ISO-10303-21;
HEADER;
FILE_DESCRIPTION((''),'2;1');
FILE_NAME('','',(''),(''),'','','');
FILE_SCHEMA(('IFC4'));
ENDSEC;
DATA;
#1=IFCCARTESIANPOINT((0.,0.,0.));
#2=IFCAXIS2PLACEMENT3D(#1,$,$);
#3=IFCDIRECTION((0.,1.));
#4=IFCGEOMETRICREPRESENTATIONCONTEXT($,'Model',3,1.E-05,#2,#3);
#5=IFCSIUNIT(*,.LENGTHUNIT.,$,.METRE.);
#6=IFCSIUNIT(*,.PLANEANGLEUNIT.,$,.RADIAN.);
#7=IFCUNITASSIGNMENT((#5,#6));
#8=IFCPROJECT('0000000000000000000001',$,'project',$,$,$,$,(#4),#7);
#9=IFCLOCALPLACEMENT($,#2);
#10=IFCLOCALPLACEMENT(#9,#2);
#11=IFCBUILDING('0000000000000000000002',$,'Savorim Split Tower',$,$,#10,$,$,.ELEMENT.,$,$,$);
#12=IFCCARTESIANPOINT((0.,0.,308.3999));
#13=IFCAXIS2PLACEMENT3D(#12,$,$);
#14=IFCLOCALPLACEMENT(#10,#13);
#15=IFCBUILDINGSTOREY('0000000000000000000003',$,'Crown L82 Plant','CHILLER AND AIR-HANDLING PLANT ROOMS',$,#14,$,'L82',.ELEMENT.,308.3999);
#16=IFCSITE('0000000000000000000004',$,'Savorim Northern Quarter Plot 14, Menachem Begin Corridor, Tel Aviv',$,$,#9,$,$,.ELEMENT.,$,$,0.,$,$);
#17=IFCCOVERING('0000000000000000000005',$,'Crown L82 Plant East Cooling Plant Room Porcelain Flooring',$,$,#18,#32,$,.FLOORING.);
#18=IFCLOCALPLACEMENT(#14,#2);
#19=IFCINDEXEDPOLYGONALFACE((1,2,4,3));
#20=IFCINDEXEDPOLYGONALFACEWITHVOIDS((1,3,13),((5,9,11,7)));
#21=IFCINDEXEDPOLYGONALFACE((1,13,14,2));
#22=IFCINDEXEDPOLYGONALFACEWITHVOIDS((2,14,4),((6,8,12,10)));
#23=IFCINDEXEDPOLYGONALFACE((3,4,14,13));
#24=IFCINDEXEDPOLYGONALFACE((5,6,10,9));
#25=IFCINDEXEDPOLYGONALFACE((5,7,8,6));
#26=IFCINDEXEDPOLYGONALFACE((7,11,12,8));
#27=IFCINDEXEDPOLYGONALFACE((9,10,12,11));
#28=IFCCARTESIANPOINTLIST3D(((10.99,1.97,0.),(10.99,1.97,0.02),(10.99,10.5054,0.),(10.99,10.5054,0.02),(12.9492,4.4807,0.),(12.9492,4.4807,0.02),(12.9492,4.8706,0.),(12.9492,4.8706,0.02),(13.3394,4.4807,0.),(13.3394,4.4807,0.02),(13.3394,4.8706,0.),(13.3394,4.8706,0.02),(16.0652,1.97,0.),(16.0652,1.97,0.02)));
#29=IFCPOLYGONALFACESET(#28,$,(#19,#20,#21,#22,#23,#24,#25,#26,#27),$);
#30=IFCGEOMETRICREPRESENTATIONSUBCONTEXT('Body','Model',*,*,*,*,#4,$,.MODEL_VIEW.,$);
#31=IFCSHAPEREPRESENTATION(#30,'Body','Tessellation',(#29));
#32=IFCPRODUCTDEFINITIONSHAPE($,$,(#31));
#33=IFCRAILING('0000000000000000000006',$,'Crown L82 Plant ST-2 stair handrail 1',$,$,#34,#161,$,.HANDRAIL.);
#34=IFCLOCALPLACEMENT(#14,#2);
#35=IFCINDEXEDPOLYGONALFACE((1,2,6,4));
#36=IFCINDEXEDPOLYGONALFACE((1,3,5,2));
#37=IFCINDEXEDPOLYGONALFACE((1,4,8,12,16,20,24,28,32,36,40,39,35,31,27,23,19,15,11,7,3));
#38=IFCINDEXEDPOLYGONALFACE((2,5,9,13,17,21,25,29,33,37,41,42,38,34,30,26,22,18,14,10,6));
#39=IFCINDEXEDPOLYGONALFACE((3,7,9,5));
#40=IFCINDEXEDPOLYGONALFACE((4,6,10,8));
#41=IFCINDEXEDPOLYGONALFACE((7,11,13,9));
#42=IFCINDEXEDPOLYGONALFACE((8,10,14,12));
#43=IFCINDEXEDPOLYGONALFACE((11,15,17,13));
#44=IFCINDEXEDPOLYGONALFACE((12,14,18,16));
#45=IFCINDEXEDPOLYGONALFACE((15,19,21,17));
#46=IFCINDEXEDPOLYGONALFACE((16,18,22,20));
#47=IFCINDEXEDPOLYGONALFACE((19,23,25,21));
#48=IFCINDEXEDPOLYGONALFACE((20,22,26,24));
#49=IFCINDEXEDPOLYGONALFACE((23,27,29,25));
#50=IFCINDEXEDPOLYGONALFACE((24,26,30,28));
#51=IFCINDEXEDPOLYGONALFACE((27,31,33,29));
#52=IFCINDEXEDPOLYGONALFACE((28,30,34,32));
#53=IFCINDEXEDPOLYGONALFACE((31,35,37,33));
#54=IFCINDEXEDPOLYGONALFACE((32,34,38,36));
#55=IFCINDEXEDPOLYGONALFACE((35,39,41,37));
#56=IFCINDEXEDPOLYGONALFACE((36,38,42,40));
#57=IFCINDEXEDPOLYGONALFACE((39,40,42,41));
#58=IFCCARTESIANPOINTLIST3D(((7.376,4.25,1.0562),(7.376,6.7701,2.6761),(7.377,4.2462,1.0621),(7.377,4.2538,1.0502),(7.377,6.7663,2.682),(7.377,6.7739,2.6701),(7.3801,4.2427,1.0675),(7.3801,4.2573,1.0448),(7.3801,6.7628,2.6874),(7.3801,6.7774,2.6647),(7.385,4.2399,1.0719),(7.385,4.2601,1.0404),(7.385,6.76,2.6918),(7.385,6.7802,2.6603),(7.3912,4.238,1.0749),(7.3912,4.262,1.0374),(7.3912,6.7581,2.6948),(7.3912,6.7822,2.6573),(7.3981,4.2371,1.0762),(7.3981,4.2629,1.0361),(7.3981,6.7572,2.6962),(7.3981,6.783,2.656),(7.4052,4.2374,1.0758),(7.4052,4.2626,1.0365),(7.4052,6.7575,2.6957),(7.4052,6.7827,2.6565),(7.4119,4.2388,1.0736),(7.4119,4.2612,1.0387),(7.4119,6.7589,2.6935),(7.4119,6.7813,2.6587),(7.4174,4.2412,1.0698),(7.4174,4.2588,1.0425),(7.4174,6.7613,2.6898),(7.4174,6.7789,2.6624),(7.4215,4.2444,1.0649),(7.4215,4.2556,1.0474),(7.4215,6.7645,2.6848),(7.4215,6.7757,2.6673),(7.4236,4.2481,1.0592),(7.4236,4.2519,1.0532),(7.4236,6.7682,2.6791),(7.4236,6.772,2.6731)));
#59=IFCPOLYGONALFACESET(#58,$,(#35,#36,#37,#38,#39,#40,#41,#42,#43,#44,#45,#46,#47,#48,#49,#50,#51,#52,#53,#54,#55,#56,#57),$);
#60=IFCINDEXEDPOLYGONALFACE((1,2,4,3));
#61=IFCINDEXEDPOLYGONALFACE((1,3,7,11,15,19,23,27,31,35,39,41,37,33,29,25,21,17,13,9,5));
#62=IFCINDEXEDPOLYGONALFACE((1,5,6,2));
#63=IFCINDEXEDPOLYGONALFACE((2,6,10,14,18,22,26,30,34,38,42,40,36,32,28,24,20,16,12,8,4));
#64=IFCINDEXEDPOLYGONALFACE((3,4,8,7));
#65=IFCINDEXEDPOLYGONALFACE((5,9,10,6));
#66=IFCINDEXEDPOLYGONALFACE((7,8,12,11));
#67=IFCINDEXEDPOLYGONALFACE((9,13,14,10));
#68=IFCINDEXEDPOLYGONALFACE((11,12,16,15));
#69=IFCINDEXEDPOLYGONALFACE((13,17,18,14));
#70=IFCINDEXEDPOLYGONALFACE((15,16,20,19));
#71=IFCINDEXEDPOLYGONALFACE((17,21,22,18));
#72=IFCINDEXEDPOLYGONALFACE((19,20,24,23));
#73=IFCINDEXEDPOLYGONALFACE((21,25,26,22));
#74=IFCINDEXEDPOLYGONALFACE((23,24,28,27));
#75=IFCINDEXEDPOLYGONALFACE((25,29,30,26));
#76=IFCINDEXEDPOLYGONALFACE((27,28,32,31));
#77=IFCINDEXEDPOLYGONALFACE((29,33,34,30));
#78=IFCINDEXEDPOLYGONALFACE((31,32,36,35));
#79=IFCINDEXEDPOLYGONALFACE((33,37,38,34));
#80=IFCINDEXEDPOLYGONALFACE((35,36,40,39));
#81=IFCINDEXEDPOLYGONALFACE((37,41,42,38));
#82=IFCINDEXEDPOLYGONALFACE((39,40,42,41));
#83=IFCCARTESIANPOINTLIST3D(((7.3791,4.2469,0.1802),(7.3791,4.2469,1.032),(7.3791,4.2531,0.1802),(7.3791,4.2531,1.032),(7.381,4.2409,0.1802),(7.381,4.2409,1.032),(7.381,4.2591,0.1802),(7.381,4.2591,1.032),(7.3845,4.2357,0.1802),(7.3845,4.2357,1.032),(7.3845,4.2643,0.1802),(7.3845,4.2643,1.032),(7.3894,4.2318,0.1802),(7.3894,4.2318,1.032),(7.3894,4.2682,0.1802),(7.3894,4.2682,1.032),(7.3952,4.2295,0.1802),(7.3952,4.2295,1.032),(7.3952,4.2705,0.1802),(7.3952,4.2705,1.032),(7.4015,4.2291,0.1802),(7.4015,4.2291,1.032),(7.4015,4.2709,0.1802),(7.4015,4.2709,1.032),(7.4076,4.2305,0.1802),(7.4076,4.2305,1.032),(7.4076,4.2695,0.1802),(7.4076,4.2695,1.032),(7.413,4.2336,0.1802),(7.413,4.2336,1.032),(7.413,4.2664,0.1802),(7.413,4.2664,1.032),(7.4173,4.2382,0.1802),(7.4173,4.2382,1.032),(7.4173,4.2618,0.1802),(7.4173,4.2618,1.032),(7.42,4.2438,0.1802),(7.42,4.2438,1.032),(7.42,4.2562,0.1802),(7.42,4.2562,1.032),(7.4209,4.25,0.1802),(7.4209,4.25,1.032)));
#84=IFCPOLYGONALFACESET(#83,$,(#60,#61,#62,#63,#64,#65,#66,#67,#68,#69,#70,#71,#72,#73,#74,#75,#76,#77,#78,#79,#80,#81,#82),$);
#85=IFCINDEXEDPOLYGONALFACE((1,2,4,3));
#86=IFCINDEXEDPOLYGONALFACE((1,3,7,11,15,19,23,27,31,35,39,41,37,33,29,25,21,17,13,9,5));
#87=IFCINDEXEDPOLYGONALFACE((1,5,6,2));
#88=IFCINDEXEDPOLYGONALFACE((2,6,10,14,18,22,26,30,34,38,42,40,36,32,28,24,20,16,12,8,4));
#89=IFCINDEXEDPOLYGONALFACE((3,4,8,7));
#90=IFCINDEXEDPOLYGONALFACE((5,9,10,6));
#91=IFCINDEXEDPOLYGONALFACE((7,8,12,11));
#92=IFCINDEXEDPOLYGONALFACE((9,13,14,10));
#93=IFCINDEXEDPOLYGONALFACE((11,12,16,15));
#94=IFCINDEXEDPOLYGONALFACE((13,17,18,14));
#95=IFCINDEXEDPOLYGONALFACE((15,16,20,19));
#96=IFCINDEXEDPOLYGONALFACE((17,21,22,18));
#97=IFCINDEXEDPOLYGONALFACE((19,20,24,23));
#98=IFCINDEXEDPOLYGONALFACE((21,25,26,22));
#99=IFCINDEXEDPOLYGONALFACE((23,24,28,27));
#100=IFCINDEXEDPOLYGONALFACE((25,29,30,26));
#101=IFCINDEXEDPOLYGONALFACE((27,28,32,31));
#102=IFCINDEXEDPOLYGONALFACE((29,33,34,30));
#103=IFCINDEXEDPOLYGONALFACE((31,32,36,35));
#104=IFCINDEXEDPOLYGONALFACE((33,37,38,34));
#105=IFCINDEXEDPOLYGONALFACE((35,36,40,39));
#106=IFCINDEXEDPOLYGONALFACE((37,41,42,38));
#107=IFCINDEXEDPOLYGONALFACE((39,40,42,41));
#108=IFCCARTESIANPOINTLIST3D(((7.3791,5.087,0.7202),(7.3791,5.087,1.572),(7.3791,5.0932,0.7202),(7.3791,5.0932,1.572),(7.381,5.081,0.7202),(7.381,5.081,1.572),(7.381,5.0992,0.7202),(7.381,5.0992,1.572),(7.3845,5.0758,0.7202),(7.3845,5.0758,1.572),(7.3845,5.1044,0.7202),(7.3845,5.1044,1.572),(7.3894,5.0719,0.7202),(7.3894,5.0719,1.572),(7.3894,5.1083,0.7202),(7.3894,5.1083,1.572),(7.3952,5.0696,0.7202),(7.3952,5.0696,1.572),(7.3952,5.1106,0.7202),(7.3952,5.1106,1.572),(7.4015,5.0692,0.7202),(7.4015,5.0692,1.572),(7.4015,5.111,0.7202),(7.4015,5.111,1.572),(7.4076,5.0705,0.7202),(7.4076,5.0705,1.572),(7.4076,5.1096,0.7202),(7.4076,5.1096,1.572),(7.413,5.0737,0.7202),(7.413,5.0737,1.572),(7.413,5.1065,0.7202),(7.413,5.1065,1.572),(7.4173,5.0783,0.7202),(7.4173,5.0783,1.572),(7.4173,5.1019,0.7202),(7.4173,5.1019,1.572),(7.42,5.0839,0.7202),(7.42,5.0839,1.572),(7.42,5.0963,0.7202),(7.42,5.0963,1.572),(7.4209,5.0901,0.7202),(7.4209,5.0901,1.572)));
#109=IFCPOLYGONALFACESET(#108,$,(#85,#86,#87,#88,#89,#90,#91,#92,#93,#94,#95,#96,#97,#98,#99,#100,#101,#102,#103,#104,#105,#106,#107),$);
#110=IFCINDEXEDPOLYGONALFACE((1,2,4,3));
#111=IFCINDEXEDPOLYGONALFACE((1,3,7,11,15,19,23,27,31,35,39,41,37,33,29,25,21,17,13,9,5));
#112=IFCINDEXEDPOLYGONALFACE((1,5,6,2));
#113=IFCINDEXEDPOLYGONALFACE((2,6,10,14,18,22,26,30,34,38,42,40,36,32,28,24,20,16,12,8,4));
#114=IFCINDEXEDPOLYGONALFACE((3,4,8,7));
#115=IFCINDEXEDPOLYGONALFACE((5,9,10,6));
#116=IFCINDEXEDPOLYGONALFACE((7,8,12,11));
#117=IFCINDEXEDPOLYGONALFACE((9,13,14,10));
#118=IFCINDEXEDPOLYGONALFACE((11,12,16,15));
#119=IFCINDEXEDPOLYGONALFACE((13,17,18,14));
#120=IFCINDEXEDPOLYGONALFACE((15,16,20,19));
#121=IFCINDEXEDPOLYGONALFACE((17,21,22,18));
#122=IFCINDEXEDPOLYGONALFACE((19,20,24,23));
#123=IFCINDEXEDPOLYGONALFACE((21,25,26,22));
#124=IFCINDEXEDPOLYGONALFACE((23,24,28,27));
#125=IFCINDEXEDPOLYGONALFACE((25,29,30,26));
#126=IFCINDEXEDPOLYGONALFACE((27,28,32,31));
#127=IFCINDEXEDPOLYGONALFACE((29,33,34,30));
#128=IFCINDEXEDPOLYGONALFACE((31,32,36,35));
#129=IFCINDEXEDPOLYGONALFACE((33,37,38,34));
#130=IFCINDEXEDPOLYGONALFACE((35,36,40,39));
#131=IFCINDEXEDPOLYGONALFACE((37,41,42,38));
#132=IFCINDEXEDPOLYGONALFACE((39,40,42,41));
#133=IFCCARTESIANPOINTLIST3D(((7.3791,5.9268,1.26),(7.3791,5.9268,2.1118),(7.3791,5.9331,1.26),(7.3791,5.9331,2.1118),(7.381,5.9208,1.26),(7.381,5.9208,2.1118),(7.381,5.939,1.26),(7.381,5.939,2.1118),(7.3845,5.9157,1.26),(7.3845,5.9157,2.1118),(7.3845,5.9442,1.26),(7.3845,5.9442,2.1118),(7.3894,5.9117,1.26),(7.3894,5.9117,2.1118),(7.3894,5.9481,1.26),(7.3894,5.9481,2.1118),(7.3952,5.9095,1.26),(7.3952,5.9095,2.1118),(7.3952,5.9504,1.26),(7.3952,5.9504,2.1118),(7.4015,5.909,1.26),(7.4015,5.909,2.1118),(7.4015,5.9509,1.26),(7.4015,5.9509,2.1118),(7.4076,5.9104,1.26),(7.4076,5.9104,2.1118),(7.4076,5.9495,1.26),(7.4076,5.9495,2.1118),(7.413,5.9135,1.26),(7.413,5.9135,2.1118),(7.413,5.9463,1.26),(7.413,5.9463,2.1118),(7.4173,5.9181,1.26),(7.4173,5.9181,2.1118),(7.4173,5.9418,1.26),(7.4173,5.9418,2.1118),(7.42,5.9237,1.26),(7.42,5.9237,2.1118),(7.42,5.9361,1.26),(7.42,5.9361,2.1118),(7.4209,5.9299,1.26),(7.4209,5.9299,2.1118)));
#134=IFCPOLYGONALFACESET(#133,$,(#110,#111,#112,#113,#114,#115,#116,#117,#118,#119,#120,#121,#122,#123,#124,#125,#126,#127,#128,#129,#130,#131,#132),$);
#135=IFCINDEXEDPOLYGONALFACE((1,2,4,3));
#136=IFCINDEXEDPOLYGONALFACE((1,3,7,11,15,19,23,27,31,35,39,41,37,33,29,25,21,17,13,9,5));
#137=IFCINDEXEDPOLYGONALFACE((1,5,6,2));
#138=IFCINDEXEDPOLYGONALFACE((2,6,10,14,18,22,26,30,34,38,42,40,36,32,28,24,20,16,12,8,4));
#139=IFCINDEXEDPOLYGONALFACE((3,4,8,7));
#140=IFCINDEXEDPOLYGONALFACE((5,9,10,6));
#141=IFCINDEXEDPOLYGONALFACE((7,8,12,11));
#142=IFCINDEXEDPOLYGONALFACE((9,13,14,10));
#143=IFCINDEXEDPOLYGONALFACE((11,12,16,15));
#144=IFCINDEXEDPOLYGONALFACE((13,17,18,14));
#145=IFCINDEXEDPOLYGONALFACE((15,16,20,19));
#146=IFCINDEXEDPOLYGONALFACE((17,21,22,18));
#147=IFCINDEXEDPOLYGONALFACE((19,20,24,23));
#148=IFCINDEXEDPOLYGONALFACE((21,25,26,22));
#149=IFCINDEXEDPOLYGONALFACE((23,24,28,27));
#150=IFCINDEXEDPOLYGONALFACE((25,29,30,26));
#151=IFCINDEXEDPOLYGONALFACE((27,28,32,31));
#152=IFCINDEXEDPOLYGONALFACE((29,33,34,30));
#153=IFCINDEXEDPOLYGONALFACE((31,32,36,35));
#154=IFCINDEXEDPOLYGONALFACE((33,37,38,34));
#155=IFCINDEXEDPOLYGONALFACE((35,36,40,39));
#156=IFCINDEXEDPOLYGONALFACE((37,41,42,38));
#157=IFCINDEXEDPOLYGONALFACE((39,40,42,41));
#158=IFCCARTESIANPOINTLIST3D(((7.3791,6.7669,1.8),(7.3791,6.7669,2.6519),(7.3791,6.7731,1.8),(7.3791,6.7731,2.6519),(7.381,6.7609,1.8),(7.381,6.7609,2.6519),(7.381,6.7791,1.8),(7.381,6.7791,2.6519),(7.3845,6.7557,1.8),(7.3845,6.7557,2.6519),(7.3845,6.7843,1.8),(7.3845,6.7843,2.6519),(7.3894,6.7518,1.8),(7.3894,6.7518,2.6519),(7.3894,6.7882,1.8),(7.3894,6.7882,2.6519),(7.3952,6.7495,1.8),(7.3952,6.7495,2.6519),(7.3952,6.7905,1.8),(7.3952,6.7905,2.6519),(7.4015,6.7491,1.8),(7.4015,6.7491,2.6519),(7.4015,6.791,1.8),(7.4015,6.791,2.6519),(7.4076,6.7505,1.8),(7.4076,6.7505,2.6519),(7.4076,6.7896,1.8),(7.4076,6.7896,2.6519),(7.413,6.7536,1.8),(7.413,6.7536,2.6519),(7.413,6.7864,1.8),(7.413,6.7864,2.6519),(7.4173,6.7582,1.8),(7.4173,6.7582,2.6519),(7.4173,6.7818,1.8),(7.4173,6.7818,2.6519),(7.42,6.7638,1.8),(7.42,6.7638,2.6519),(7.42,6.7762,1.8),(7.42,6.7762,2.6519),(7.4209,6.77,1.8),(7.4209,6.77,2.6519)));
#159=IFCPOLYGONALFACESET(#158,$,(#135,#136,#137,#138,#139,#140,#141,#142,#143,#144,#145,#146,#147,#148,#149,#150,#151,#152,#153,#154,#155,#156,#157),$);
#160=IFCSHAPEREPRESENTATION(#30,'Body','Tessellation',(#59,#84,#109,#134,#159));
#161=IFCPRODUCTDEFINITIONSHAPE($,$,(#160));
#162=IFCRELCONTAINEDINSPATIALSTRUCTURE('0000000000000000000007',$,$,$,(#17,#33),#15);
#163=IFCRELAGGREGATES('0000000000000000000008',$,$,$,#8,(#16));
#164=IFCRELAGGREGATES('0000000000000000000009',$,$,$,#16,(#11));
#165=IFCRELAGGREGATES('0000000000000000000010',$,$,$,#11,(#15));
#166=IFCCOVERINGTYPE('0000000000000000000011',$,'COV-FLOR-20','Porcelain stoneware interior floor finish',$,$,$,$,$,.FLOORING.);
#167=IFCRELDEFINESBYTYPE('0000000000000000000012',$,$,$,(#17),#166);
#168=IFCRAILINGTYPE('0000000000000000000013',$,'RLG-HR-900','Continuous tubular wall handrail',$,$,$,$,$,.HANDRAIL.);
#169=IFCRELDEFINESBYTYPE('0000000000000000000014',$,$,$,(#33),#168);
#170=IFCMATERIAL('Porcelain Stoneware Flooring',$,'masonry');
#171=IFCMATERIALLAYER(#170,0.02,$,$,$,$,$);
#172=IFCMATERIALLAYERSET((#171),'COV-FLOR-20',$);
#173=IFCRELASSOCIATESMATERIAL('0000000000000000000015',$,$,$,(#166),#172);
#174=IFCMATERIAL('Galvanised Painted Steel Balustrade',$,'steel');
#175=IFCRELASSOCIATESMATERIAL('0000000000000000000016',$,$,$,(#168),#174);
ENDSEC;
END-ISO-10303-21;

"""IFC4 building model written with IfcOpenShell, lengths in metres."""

from ifc_helpers import new_model, si_unit, direction, frame, origin, origin_2d, place, context, subcontext, project, spatial, polyline, circle, outline, extrude, material, layer, layer_set, type_object, element, save


model = new_model("IFC4")

# Units and contexts
model_context = context("Model", 3, precision=1e-05, world=origin(), true_north=direction((0.0, 1.0)))
body_context = subcontext(model_context, "Body", "Model", "MODEL_VIEW")
ifc_project = project(units=[si_unit("LENGTHUNIT", "METRE"), si_unit("PLANEANGLEUNIT", "RADIAN")], contexts=[model_context])

# Site, building, storey
site_placement = place(None, origin())
site = spatial("IfcSite", under=ifc_project, at=site_placement, Name="Savorim Northern Quarter Plot 14, Menachem Begin Corridor, Tel Aviv", CompositionType="ELEMENT", RefElevation=0.0)
building_placement = place(site_placement, origin())
building = spatial("IfcBuilding", under=site, at=building_placement, Name="Savorim Split Tower", CompositionType="ELEMENT")
storey_placement = place(building_placement, frame((0.0, 0.0, 308.3999)))
storey = spatial("IfcBuildingStorey", under=building, at=storey_placement, Name="Crown L82 Plant", Description="CHILLER AND AIR-HANDLING PLANT ROOMS", LongName="L82", CompositionType="ELEMENT", Elevation=308.3999)

# Covering
ifc_material_1 = material(Name="Porcelain Stoneware Flooring", Category="masonry")
ifc_layer_1 = layer(ifc_material_1, 0.02)
ifc_layer_set_1 = layer_set([ifc_layer_1], Name="COV-FLOR-20")
covering_type_1 = type_object("IfcCoveringType", Name="COV-FLOR-20", Description="Porcelain stoneware interior floor finish", PredefinedType="FLOORING", material=ifc_layer_set_1)
covering_1_placement = place(storey_placement, origin())
element("IfcCovering", 1, at=covering_1_placement, inside=storey, type_object=covering_type_1, Name="Crown L82 Plant East Cooling Plant Room Porcelain Flooring", PredefinedType="FLOORING", context=body_context, shape_type="SweptSolid", body=[
    extrude(outline(polyline([(10.99, 10.5054), (10.99, 1.97), (16.0652, 1.97), (10.99, 10.5054)]), holes=[polyline([(12.9492, 4.8706), (12.9492, 4.4807), (13.3394, 4.4807), (13.3394, 4.8706), (12.9492, 4.8706)])]), origin(), (0.0, 0.0, 1.0), 0.02),
])

# Railing
ifc_material_2 = material(Name="Galvanised Painted Steel Balustrade", Category="steel")
railing_type_1 = type_object("IfcRailingType", Name="RLG-HR-900", Description="Continuous tubular wall handrail", PredefinedType="HANDRAIL", material=ifc_material_2)
railing_1_placement = place(storey_placement, frame((7.3999, 4.25, 0.1802)))
element("IfcRailing", 2, at=railing_1_placement, inside=storey, type_object=railing_type_1, Name="Crown L82 Plant ST-2 stair handrail 1", PredefinedType="HANDRAIL", context=body_context, shape_type="SweptSolid", body=[
    extrude(circle(Radius=0.0239, at=origin_2d()), frame((0.0, 0.0, 0.876), z_axis=(0.0, 0.8412, 0.540725), x_axis=(-1.0, 0.0, 0.0)), (0.0, 0.0, 1.0), 2.9958),
    extrude(circle(Radius=0.021, at=origin_2d()), origin(), (0.0, 0.0, 1.0), 0.8518),
    extrude(circle(Radius=0.021, at=origin_2d()), frame((0.0, 0.8401, 0.54)), (0.0, 0.0, 1.0), 0.8518),
    extrude(circle(Radius=0.021, at=origin_2d()), frame((0.0, 1.6799, 1.0798)), (0.0, 0.0, 1.0), 0.8518),
    extrude(circle(Radius=0.021, at=origin_2d()), frame((0.0, 2.52, 1.6199)), (0.0, 0.0, 1.0), 0.8518),
])

save(model, "model.ifc")
